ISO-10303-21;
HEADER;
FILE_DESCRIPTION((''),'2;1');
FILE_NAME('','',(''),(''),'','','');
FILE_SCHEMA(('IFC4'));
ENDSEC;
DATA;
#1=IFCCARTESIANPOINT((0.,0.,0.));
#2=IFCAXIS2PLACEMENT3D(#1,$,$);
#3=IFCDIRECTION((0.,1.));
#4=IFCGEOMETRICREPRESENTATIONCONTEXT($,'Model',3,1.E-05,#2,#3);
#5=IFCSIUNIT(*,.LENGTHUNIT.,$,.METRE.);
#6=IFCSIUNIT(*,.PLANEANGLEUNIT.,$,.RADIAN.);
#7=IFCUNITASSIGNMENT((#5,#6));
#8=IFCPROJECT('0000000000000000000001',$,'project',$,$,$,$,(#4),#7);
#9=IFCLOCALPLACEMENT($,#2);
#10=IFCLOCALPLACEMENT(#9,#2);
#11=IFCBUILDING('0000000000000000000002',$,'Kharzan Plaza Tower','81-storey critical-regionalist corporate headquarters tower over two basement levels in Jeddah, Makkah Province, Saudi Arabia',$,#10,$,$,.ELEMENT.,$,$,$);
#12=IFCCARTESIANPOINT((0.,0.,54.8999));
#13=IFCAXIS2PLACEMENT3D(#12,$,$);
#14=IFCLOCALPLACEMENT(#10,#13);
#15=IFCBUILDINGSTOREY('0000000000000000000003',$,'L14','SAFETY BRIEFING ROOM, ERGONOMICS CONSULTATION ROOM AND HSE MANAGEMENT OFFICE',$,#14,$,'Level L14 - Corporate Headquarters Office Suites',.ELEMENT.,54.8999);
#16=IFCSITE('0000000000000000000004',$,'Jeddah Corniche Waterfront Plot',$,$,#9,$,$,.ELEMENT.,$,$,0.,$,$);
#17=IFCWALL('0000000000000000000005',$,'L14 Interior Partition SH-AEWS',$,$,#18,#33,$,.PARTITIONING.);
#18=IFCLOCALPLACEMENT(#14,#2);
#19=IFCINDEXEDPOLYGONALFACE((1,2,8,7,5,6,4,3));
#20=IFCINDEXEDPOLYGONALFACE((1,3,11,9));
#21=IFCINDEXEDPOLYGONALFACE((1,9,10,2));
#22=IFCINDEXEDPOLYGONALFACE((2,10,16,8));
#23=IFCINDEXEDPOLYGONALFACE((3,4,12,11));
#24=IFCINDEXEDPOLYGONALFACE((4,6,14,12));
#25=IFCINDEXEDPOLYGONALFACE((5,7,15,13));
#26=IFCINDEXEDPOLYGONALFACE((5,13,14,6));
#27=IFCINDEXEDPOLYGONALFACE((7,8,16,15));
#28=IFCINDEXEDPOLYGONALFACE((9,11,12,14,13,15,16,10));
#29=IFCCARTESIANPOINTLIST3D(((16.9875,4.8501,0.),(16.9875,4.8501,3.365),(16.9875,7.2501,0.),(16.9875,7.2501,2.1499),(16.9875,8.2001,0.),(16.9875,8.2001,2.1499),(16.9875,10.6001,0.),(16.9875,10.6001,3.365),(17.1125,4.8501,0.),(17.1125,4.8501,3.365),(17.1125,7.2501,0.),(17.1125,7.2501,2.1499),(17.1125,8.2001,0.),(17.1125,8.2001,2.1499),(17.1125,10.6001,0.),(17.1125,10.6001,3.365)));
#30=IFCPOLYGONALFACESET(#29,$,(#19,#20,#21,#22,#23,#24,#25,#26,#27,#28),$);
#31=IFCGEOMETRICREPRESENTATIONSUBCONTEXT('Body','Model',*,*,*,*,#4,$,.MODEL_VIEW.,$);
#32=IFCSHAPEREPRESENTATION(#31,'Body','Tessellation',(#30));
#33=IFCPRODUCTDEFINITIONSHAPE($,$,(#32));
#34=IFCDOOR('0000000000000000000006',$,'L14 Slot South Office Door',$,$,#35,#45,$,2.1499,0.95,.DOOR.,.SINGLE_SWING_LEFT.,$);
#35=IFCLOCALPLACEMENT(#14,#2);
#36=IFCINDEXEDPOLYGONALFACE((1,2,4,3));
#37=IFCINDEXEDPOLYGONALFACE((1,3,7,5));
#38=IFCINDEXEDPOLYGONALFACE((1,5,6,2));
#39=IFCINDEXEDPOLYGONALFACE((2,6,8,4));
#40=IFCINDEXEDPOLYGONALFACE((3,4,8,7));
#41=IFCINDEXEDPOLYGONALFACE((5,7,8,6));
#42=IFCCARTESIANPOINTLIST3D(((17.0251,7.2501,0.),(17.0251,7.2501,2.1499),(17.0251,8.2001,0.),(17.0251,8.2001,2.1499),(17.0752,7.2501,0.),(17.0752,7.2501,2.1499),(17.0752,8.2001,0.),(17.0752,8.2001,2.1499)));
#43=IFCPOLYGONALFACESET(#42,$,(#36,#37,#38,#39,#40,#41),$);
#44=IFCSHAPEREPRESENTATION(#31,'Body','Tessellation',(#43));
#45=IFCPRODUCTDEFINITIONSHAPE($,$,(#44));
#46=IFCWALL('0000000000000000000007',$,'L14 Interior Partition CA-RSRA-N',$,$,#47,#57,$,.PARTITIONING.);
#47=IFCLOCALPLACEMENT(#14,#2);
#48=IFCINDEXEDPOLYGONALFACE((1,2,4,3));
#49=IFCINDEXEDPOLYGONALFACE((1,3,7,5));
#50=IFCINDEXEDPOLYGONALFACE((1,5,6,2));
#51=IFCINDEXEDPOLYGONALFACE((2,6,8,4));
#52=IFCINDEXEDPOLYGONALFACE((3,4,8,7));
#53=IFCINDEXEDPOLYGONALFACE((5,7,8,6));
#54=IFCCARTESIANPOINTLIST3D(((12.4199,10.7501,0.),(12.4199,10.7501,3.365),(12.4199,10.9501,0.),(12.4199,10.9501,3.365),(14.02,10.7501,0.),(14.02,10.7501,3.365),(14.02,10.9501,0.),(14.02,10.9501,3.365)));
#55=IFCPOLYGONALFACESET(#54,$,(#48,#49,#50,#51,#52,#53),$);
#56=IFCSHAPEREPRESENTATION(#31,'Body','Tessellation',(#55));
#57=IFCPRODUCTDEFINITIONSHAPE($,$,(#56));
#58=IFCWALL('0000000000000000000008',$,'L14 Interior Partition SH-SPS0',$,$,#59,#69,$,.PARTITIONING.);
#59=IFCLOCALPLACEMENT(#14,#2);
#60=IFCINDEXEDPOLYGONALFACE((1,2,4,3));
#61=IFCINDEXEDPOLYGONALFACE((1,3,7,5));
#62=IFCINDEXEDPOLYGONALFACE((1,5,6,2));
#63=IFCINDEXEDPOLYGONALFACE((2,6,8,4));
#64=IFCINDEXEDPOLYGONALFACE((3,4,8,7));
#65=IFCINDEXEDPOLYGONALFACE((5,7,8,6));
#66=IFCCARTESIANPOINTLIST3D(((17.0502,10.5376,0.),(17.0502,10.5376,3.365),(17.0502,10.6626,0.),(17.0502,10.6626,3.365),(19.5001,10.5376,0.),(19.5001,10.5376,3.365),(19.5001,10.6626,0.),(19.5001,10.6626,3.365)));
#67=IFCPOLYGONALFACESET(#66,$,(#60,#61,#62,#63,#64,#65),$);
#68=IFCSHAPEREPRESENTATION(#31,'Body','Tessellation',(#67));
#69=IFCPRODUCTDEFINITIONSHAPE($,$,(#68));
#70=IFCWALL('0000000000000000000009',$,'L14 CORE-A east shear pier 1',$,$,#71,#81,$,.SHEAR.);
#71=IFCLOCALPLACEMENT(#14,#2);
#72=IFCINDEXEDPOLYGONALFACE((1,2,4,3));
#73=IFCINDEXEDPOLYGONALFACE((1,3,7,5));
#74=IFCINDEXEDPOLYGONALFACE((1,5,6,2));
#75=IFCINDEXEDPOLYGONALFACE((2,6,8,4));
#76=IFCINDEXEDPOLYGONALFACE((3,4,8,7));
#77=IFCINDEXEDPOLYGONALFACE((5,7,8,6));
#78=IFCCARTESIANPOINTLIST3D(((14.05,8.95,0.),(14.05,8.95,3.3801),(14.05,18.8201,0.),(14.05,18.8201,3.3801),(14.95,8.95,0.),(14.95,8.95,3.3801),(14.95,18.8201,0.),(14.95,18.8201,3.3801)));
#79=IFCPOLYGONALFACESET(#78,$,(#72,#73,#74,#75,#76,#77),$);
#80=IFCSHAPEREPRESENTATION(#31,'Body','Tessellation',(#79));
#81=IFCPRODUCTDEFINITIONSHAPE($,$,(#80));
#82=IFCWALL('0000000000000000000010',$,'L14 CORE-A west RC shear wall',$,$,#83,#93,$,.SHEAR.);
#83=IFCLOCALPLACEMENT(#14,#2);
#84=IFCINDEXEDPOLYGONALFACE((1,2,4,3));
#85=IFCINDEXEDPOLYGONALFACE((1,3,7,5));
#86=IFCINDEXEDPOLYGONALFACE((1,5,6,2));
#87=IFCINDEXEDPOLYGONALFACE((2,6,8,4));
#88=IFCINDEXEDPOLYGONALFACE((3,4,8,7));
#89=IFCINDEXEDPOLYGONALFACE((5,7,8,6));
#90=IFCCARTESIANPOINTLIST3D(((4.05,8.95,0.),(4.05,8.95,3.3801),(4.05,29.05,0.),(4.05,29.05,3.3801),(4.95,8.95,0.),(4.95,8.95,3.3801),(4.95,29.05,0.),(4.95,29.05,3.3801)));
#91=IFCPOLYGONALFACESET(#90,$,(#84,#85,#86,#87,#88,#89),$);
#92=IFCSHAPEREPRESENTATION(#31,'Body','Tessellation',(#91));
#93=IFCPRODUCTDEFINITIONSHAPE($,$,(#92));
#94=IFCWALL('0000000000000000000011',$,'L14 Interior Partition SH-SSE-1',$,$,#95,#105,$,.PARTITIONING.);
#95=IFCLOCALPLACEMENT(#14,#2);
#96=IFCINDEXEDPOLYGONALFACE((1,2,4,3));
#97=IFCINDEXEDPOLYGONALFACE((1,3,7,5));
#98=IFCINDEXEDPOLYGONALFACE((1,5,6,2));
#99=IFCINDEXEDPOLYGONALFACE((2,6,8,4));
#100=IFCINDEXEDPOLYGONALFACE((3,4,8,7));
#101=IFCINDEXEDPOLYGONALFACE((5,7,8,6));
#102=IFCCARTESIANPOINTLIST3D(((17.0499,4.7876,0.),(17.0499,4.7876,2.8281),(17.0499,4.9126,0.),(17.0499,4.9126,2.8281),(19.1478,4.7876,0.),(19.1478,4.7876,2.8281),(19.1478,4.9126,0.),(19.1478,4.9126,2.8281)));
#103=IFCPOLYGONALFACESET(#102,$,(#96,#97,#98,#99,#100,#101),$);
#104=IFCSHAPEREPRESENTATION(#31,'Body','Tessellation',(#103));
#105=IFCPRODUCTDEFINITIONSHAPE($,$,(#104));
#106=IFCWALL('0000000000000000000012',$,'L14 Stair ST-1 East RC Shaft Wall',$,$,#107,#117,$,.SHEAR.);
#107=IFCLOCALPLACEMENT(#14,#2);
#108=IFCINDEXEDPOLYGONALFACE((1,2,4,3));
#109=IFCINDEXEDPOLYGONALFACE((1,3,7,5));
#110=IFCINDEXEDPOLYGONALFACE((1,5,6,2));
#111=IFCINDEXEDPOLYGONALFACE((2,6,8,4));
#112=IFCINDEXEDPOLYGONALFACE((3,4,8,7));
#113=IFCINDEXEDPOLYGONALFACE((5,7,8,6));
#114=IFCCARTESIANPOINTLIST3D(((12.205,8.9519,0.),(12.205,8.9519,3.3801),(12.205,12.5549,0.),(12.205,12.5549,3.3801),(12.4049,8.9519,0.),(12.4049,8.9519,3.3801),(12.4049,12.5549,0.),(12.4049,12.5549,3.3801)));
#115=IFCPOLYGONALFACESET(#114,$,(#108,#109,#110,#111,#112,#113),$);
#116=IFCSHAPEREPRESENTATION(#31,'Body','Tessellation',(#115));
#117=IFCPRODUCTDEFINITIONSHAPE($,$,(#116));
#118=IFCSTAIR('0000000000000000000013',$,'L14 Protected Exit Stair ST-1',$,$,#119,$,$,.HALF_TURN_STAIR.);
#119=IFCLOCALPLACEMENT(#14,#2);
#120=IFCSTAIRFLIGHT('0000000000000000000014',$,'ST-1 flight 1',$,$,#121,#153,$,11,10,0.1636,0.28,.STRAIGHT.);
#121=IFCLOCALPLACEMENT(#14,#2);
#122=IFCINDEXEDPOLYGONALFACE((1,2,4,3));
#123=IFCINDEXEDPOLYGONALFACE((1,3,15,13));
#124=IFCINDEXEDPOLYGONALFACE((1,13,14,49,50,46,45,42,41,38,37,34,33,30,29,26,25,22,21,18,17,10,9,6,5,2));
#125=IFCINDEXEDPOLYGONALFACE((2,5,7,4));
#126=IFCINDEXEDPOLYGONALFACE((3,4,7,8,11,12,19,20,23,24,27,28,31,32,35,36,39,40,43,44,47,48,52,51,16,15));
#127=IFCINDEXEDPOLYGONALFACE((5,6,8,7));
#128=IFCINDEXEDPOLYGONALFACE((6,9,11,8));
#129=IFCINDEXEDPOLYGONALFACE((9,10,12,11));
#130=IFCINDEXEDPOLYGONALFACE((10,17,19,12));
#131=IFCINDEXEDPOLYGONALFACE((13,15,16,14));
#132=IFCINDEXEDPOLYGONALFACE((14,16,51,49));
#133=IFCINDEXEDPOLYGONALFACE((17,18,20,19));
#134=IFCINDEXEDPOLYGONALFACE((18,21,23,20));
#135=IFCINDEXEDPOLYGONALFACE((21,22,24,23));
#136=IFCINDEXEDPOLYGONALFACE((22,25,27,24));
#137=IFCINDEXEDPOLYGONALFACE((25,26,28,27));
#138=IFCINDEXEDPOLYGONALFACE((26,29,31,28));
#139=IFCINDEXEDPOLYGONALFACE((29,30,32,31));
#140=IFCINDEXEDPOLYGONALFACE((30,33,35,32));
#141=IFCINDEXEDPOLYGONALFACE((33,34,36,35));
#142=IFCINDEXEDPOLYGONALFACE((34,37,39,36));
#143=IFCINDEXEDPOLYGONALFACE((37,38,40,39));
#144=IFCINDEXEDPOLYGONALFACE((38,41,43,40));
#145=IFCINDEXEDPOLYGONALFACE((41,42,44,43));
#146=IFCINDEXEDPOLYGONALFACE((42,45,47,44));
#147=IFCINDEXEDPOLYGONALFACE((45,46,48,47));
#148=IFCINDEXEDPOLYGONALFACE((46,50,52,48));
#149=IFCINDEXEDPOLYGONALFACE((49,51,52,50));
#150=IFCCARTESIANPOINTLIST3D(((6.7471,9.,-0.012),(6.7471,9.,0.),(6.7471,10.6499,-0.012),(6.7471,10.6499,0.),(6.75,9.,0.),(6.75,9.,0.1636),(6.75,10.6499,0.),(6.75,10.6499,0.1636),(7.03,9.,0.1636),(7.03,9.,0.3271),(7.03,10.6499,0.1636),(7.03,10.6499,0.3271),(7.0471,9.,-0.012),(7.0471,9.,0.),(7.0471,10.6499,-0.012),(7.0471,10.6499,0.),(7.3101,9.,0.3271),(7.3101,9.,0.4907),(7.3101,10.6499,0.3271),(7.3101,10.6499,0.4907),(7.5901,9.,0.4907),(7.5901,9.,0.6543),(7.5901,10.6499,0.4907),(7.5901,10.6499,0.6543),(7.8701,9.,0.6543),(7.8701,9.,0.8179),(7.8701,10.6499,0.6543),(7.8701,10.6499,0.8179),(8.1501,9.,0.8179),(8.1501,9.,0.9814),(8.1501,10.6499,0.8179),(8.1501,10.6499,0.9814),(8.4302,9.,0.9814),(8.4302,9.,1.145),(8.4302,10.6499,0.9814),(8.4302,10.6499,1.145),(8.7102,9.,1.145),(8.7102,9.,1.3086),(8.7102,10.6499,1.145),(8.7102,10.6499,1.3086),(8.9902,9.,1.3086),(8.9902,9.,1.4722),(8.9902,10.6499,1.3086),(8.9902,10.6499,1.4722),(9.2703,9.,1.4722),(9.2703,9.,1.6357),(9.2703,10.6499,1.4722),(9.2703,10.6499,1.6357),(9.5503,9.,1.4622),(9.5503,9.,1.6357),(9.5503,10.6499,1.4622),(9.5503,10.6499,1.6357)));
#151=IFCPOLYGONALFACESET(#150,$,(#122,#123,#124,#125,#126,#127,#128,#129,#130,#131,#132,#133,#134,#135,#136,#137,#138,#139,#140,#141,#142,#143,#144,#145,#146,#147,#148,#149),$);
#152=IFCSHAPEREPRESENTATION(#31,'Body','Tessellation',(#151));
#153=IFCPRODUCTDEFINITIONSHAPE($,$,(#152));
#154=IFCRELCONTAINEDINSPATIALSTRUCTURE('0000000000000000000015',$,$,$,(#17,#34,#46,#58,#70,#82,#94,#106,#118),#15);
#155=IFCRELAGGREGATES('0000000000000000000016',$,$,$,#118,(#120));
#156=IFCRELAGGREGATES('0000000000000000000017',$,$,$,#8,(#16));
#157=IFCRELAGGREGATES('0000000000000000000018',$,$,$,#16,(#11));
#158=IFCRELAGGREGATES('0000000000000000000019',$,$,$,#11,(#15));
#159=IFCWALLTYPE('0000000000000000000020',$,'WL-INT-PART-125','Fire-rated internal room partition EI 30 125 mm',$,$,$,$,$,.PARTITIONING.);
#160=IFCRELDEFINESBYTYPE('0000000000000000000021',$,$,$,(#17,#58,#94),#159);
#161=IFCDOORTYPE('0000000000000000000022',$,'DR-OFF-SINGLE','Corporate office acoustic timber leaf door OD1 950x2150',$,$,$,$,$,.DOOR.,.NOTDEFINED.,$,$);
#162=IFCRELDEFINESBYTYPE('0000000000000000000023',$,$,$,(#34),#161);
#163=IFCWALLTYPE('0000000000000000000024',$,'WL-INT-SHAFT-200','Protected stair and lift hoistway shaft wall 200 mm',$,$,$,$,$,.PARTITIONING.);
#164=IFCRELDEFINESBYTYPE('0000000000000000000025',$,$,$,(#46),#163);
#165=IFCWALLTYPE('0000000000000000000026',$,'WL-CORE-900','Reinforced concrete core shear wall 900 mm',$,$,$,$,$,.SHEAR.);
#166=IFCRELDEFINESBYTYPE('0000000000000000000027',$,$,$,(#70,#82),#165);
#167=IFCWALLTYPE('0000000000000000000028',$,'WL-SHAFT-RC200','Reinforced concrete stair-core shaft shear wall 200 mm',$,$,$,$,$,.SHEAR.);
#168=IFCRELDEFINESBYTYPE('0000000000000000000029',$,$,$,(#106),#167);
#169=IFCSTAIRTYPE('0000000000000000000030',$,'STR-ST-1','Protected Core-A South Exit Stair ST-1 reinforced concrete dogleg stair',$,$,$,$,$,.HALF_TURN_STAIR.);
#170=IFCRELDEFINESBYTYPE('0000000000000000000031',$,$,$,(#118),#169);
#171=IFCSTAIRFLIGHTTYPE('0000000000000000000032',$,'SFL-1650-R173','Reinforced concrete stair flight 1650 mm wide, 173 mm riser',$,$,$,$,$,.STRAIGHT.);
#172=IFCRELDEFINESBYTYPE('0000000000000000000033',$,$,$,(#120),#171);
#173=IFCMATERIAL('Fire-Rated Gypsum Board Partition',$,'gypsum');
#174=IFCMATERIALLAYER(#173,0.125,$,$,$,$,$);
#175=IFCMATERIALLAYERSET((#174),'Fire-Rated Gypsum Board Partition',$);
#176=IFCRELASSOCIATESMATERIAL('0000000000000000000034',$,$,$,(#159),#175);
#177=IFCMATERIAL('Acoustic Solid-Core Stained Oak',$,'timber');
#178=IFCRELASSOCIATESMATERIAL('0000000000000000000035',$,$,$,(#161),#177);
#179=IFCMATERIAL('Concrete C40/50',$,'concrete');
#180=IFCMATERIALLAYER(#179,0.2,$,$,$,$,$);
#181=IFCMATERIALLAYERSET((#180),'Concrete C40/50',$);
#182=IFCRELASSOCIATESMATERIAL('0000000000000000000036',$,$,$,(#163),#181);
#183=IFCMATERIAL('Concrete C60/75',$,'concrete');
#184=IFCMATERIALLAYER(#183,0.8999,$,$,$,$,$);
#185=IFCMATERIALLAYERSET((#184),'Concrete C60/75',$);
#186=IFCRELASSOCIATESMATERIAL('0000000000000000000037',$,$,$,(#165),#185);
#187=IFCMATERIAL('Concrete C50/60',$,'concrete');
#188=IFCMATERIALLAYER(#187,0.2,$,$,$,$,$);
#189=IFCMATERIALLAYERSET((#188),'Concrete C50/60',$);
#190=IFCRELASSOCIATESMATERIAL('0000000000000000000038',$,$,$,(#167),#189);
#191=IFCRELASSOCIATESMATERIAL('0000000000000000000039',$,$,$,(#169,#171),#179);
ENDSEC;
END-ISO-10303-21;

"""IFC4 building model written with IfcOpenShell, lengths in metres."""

from ifc_helpers import new_model, si_unit, direction, frame, frame_2d, origin, place, context, subcontext, project, spatial, polyline, rectangle, outline, extrude, source, transform, mapped, material, layer, layer_set, type_object, element, fill, aggregate, save


model = new_model("IFC4")

# Units and contexts
model_context = context("Model", 3, precision=1e-05, world=origin(), true_north=direction((0.0, 1.0)))
body_context = subcontext(model_context, "Body", "Model", "MODEL_VIEW")
ifc_project = project(units=[si_unit("LENGTHUNIT", "METRE"), si_unit("PLANEANGLEUNIT", "RADIAN")], contexts=[model_context])

# Site, building, storey
site_placement = place(None, origin())
site = spatial("IfcSite", under=ifc_project, at=site_placement, Name="Jeddah Corniche Waterfront Plot", CompositionType="ELEMENT", RefElevation=0.0)
building_placement = place(site_placement, origin())
building = spatial("IfcBuilding", under=site, at=building_placement, Name="Kharzan Plaza Tower", Description="81-storey critical-regionalist corporate headquarters tower over two basement levels in Jeddah, Makkah Province, Saudi Arabia", CompositionType="ELEMENT")
storey_placement = place(building_placement, frame((0.0, 0.0, 54.8999)))
storey = spatial("IfcBuildingStorey", under=building, at=storey_placement, Name="L14", Description="SAFETY BRIEFING ROOM, ERGONOMICS CONSULTATION ROOM AND HSE MANAGEMENT OFFICE", LongName="Level L14 - Corporate Headquarters Office Suites", CompositionType="ELEMENT", Elevation=54.8999)

# Shared definitions
ifc_material_1 = material(Name="Concrete C60/75", Category="concrete")

# Shared definitions
ifc_material_2 = material(Name="Concrete C40/50", Category="concrete")

# Wall, opening, door
ifc_material_3 = material(Name="Fire-Rated Gypsum Board Partition", Category="gypsum")
ifc_layer_1 = layer(ifc_material_3, 0.125)
ifc_layer_set_1 = layer_set([ifc_layer_1], Name="Fire-Rated Gypsum Board Partition")
wall_type_1 = type_object("IfcWallType", Name="WL-INT-PART-125", Description="Fire-rated internal room partition EI 30 125 mm", PredefinedType="PARTITIONING", material=ifc_layer_set_1)
wall_1_placement = place(storey_placement, frame((17.05, 4.8501, 0.0), z_axis=(0.0, 0.0, 1.0), x_axis=(0.0, 1.0, 0.0)))
wall_1 = element("IfcWall", 1, at=wall_1_placement, inside=storey, type_object=wall_type_1, Name="L14 Interior Partition SH-AEWS", PredefinedType="PARTITIONING", context=body_context, shape_type="SweptSolid", body=[
    extrude(rectangle(XDim=5.75, YDim=0.125, at=frame_2d((2.875, 0.0))), origin(), (0.0, 0.0, 1.0), 3.365),
])
opening_1_placement = place(wall_1_placement, frame((2.3999, 0.0, 0.0)))
opening_1 = element("IfcOpeningElement", 2, at=opening_1_placement, cuts=wall_1, PredefinedType="OPENING", context=body_context, shape_type="SweptSolid", body=[
    extrude(rectangle(XDim=0.95, YDim=2.1499, at=frame_2d((0.4751, 1.075))), frame((0.0, 0.0725, 0.0), z_axis=(0.0, -1.0, 0.0), x_axis=(1.0, 0.0, 0.0)), (0.0, 0.0, 1.0), 0.145),
])
ifc_material_4 = material(Name="Acoustic Solid-Core Stained Oak", Category="timber")
door_type = type_object("IfcDoorType", Name="DR-OFF-SINGLE", Description="Corporate office acoustic timber leaf door OD1 950x2150", OperationType="NOTDEFINED", PredefinedType="DOOR", material=ifc_material_4)
shared_shape_1 = source(origin(), body_context, "Body", "SweptSolid", [
    extrude(rectangle(XDim=0.95, YDim=2.1499, at=frame_2d((0.4751, 1.075))), frame((0.0, 0.0249, 0.0), z_axis=(0.0, -1.0, 0.0), x_axis=(1.0, 0.0, 0.0)), (0.0, 0.0, 1.0), 0.05),
])
door_placement = place(opening_1_placement, origin())
door = element("IfcDoor", 3, at=door_placement, inside=storey, type_object=door_type, Name="L14 Slot South Office Door", OperationType="SINGLE_SWING_LEFT", OverallHeight=2.1499, OverallWidth=0.95, PredefinedType="DOOR", context=body_context, shape_type="MappedRepresentation", body=[
    mapped(shared_shape_1, transform((0.0, 0.0, 0.0), x_axis=(1.0, 0.0, 0.0), y_axis=(0.0, 1.0, 0.0), z_axis=(0.0, 0.0, 1.0))),
])
fill(opening_1, door)

# Walls
ifc_layer_2 = layer(ifc_material_2, 0.2)
ifc_layer_set_2 = layer_set([ifc_layer_2], Name="Concrete C40/50")
wall_type_2 = type_object("IfcWallType", Name="WL-INT-SHAFT-200", Description="Protected stair and lift hoistway shaft wall 200 mm", PredefinedType="PARTITIONING", material=ifc_layer_set_2)
shared_shape_2 = source(origin(), body_context, "Body", "SweptSolid", [
    extrude(rectangle(XDim=1.6001, YDim=0.2, at=frame_2d((0.8, 0.0))), origin(), (0.0, 0.0, 1.0), 3.365),
])
wall_2_placement = place(storey_placement, frame((12.4199, 10.8501, 0.0), z_axis=(0.0, 0.0, 1.0), x_axis=(1.0, 0.0, 0.0)))
element("IfcWall", 4, at=wall_2_placement, inside=storey, type_object=wall_type_2, Name="L14 Interior Partition CA-RSRA-N", PredefinedType="PARTITIONING", context=body_context, shape_type="MappedRepresentation", body=[
    mapped(shared_shape_2, transform((0.0, 0.0, 0.0), x_axis=(1.0, 0.0, 0.0), y_axis=(0.0, 1.0, 0.0), z_axis=(0.0, 0.0, 1.0))),
])
shared_shape_3 = source(origin(), body_context, "Body", "SweptSolid", [
    extrude(rectangle(XDim=2.45, YDim=0.125, at=frame_2d((1.2251, 0.0))), origin(), (0.0, 0.0, 1.0), 3.365),
])
wall_3_placement = place(storey_placement, frame((17.05, 10.6001, 0.0), z_axis=(0.0, 0.0, 1.0), x_axis=(1.0, 0.0, 0.0)))
element("IfcWall", 5, at=wall_3_placement, inside=storey, type_object=wall_type_1, Name="L14 Interior Partition SH-SPS0", PredefinedType="PARTITIONING", context=body_context, shape_type="MappedRepresentation", body=[
    mapped(shared_shape_3, transform((0.0, 0.0, 0.0), x_axis=(1.0, 0.0, 0.0), y_axis=(0.0, 1.0, 0.0), z_axis=(0.0, 0.0, 1.0))),
])
ifc_layer_3 = layer(ifc_material_1, 0.8999)
ifc_layer_set_3 = layer_set([ifc_layer_3], Name="Concrete C60/75")
wall_type_3 = type_object("IfcWallType", Name="WL-CORE-900", Description="Reinforced concrete core shear wall 900 mm", PredefinedType="SHEAR", material=ifc_layer_set_3)
shared_shape_4 = source(origin(), body_context, "Body", "SweptSolid", [
    extrude(rectangle(XDim=9.8701, YDim=0.8999, at=frame_2d((4.9351, 0.0))), origin(), (0.0, 0.0, 1.0), 3.3801),
])
wall_4_placement = place(storey_placement, frame((14.5, 8.95, 0.0), z_axis=(0.0, 0.0, 1.0), x_axis=(0.0, 1.0, 0.0)))
element("IfcWall", 6, at=wall_4_placement, inside=storey, type_object=wall_type_3, Name="L14 CORE-A east shear pier 1", PredefinedType="SHEAR", context=body_context, shape_type="MappedRepresentation", body=[
    mapped(shared_shape_4, transform((0.0, 0.0, 0.0), x_axis=(1.0, 0.0, 0.0), y_axis=(0.0, 1.0, 0.0), z_axis=(0.0, 0.0, 1.0))),
])
shared_shape_5 = source(origin(), body_context, "Body", "SweptSolid", [
    extrude(rectangle(XDim=20.1001, YDim=0.8999, at=frame_2d((10.05, 0.0))), origin(), (0.0, 0.0, 1.0), 3.3801),
])
wall_5_placement = place(storey_placement, frame((4.5, 8.95, 0.0), z_axis=(0.0, 0.0, 1.0), x_axis=(0.0, 1.0, 0.0)))
element("IfcWall", 7, at=wall_5_placement, inside=storey, type_object=wall_type_3, Name="L14 CORE-A west RC shear wall", PredefinedType="SHEAR", context=body_context, shape_type="MappedRepresentation", body=[
    mapped(shared_shape_5, transform((0.0, 0.0, 0.0), x_axis=(1.0, 0.0, 0.0), y_axis=(0.0, 1.0, 0.0), z_axis=(0.0, 0.0, 1.0))),
])
shared_shape_6 = source(origin(), body_context, "Body", "SweptSolid", [
    extrude(rectangle(XDim=2.0979, YDim=0.125, at=frame_2d((1.0488, 0.0))), origin(), (0.0, 0.0, 1.0), 2.8281),
])
wall_6_placement = place(storey_placement, frame((17.05, 4.8501, 0.0), z_axis=(0.0, 0.0, 1.0), x_axis=(1.0, 0.0, 0.0)))
element("IfcWall", 8, at=wall_6_placement, inside=storey, type_object=wall_type_1, Name="L14 Interior Partition SH-SSE-1", PredefinedType="PARTITIONING", context=body_context, shape_type="MappedRepresentation", body=[
    mapped(shared_shape_6, transform((0.0, 0.0, 0.0), x_axis=(1.0, 0.0, 0.0), y_axis=(0.0, 1.0, 0.0), z_axis=(0.0, 0.0, 1.0))),
])
ifc_material_5 = material(Name="Concrete C50/60", Category="concrete")
ifc_layer_4 = layer(ifc_material_5, 0.2)
ifc_layer_set_4 = layer_set([ifc_layer_4], Name="Concrete C50/60")
wall_type_4 = type_object("IfcWallType", Name="WL-SHAFT-RC200", Description="Reinforced concrete stair-core shaft shear wall 200 mm", PredefinedType="SHEAR", material=ifc_layer_set_4)
shared_shape_7 = source(origin(), body_context, "Body", "SweptSolid", [
    extrude(rectangle(XDim=3.603, YDim=0.2, at=frame_2d((1.8015, 0.0))), origin(), (0.0, 0.0, 1.0), 3.3801),
])
wall_7_placement = place(storey_placement, frame((12.3049, 8.9519, 0.0), z_axis=(0.0, 0.0, 1.0), x_axis=(0.0, 1.0, 0.0)))
element("IfcWall", 9, at=wall_7_placement, inside=storey, type_object=wall_type_4, Name="L14 Stair ST-1 East RC Shaft Wall", PredefinedType="SHEAR", context=body_context, shape_type="MappedRepresentation", body=[
    mapped(shared_shape_7, transform((0.0, 0.0, 0.0), x_axis=(1.0, 0.0, 0.0), y_axis=(0.0, 1.0, 0.0), z_axis=(0.0, 0.0, 1.0))),
])

# Stair, stair flight
stair_type = type_object("IfcStairType", Name="STR-ST-1", Description="Protected Core-A South Exit Stair ST-1 reinforced concrete dogleg stair", PredefinedType="HALF_TURN_STAIR", material=ifc_material_2)
stair_placement = place(storey_placement, origin())
stair = element("IfcStair", 10, at=stair_placement, inside=storey, type_object=stair_type, Name="L14 Protected Exit Stair ST-1", PredefinedType="HALF_TURN_STAIR")
stair_flight_type = type_object("IfcStairFlightType", Name="SFL-1650-R173", Description="Reinforced concrete stair flight 1650 mm wide, 173 mm riser", PredefinedType="STRAIGHT", material=ifc_material_2)
shared_shape_8 = source(origin(), body_context, "Body", "SweptSolid", [
    extrude(outline(polyline([(-0.0029, -0.012), (-0.0029, 0.0), (0.0, 0.0), (0.0, 0.1636), (0.28, 0.1636), (0.28, 0.3271), (0.5601, 0.3271), (0.5601, 0.4907), (0.8401, 0.4907), (0.8401, 0.6543), (1.1201, 0.6543), (1.1201, 0.8179), (1.4001, 0.8179), (1.4001, 0.9814), (1.6802, 0.9814), (1.6802, 1.145), (1.9602, 1.145), (1.9602, 1.3086), (2.2402, 1.3086), (2.2402, 1.4722), (2.5203, 1.4722), (2.5203, 1.6357), (2.8003, 1.6357), (2.8003, 1.7993), (2.8003, 1.4622), (0.2971, 0.0), (0.2971, -0.012), (-0.0029, -0.012)])), frame((0.0, 0.825, 0.0), z_axis=(0.0, -1.0, 0.0), x_axis=(1.0, 0.0, 0.0)), (0.0, 0.0, 1.0), 1.6499),
])
stair_flight_placement = place(storey_placement, frame((6.75, 9.825, 0.0), z_axis=(0.0, 0.0, 1.0), x_axis=(1.0, 0.0, 0.0)))
stair_flight = element("IfcStairFlight", 11, at=stair_flight_placement, type_object=stair_flight_type, Name="ST-1 flight 1", NumberOfRisers=11, NumberOfTreads=10, PredefinedType="STRAIGHT", RiserHeight=0.1636, TreadLength=0.28, context=body_context, shape_type="MappedRepresentation", body=[
    mapped(shared_shape_8, transform((0.0, 0.0, 0.0), x_axis=(1.0, 0.0, 0.0), y_axis=(0.0, 1.0, 0.0), z_axis=(0.0, 0.0, 1.0))),
])
aggregate(stair, [stair_flight])

save(model, "model.ifc")
